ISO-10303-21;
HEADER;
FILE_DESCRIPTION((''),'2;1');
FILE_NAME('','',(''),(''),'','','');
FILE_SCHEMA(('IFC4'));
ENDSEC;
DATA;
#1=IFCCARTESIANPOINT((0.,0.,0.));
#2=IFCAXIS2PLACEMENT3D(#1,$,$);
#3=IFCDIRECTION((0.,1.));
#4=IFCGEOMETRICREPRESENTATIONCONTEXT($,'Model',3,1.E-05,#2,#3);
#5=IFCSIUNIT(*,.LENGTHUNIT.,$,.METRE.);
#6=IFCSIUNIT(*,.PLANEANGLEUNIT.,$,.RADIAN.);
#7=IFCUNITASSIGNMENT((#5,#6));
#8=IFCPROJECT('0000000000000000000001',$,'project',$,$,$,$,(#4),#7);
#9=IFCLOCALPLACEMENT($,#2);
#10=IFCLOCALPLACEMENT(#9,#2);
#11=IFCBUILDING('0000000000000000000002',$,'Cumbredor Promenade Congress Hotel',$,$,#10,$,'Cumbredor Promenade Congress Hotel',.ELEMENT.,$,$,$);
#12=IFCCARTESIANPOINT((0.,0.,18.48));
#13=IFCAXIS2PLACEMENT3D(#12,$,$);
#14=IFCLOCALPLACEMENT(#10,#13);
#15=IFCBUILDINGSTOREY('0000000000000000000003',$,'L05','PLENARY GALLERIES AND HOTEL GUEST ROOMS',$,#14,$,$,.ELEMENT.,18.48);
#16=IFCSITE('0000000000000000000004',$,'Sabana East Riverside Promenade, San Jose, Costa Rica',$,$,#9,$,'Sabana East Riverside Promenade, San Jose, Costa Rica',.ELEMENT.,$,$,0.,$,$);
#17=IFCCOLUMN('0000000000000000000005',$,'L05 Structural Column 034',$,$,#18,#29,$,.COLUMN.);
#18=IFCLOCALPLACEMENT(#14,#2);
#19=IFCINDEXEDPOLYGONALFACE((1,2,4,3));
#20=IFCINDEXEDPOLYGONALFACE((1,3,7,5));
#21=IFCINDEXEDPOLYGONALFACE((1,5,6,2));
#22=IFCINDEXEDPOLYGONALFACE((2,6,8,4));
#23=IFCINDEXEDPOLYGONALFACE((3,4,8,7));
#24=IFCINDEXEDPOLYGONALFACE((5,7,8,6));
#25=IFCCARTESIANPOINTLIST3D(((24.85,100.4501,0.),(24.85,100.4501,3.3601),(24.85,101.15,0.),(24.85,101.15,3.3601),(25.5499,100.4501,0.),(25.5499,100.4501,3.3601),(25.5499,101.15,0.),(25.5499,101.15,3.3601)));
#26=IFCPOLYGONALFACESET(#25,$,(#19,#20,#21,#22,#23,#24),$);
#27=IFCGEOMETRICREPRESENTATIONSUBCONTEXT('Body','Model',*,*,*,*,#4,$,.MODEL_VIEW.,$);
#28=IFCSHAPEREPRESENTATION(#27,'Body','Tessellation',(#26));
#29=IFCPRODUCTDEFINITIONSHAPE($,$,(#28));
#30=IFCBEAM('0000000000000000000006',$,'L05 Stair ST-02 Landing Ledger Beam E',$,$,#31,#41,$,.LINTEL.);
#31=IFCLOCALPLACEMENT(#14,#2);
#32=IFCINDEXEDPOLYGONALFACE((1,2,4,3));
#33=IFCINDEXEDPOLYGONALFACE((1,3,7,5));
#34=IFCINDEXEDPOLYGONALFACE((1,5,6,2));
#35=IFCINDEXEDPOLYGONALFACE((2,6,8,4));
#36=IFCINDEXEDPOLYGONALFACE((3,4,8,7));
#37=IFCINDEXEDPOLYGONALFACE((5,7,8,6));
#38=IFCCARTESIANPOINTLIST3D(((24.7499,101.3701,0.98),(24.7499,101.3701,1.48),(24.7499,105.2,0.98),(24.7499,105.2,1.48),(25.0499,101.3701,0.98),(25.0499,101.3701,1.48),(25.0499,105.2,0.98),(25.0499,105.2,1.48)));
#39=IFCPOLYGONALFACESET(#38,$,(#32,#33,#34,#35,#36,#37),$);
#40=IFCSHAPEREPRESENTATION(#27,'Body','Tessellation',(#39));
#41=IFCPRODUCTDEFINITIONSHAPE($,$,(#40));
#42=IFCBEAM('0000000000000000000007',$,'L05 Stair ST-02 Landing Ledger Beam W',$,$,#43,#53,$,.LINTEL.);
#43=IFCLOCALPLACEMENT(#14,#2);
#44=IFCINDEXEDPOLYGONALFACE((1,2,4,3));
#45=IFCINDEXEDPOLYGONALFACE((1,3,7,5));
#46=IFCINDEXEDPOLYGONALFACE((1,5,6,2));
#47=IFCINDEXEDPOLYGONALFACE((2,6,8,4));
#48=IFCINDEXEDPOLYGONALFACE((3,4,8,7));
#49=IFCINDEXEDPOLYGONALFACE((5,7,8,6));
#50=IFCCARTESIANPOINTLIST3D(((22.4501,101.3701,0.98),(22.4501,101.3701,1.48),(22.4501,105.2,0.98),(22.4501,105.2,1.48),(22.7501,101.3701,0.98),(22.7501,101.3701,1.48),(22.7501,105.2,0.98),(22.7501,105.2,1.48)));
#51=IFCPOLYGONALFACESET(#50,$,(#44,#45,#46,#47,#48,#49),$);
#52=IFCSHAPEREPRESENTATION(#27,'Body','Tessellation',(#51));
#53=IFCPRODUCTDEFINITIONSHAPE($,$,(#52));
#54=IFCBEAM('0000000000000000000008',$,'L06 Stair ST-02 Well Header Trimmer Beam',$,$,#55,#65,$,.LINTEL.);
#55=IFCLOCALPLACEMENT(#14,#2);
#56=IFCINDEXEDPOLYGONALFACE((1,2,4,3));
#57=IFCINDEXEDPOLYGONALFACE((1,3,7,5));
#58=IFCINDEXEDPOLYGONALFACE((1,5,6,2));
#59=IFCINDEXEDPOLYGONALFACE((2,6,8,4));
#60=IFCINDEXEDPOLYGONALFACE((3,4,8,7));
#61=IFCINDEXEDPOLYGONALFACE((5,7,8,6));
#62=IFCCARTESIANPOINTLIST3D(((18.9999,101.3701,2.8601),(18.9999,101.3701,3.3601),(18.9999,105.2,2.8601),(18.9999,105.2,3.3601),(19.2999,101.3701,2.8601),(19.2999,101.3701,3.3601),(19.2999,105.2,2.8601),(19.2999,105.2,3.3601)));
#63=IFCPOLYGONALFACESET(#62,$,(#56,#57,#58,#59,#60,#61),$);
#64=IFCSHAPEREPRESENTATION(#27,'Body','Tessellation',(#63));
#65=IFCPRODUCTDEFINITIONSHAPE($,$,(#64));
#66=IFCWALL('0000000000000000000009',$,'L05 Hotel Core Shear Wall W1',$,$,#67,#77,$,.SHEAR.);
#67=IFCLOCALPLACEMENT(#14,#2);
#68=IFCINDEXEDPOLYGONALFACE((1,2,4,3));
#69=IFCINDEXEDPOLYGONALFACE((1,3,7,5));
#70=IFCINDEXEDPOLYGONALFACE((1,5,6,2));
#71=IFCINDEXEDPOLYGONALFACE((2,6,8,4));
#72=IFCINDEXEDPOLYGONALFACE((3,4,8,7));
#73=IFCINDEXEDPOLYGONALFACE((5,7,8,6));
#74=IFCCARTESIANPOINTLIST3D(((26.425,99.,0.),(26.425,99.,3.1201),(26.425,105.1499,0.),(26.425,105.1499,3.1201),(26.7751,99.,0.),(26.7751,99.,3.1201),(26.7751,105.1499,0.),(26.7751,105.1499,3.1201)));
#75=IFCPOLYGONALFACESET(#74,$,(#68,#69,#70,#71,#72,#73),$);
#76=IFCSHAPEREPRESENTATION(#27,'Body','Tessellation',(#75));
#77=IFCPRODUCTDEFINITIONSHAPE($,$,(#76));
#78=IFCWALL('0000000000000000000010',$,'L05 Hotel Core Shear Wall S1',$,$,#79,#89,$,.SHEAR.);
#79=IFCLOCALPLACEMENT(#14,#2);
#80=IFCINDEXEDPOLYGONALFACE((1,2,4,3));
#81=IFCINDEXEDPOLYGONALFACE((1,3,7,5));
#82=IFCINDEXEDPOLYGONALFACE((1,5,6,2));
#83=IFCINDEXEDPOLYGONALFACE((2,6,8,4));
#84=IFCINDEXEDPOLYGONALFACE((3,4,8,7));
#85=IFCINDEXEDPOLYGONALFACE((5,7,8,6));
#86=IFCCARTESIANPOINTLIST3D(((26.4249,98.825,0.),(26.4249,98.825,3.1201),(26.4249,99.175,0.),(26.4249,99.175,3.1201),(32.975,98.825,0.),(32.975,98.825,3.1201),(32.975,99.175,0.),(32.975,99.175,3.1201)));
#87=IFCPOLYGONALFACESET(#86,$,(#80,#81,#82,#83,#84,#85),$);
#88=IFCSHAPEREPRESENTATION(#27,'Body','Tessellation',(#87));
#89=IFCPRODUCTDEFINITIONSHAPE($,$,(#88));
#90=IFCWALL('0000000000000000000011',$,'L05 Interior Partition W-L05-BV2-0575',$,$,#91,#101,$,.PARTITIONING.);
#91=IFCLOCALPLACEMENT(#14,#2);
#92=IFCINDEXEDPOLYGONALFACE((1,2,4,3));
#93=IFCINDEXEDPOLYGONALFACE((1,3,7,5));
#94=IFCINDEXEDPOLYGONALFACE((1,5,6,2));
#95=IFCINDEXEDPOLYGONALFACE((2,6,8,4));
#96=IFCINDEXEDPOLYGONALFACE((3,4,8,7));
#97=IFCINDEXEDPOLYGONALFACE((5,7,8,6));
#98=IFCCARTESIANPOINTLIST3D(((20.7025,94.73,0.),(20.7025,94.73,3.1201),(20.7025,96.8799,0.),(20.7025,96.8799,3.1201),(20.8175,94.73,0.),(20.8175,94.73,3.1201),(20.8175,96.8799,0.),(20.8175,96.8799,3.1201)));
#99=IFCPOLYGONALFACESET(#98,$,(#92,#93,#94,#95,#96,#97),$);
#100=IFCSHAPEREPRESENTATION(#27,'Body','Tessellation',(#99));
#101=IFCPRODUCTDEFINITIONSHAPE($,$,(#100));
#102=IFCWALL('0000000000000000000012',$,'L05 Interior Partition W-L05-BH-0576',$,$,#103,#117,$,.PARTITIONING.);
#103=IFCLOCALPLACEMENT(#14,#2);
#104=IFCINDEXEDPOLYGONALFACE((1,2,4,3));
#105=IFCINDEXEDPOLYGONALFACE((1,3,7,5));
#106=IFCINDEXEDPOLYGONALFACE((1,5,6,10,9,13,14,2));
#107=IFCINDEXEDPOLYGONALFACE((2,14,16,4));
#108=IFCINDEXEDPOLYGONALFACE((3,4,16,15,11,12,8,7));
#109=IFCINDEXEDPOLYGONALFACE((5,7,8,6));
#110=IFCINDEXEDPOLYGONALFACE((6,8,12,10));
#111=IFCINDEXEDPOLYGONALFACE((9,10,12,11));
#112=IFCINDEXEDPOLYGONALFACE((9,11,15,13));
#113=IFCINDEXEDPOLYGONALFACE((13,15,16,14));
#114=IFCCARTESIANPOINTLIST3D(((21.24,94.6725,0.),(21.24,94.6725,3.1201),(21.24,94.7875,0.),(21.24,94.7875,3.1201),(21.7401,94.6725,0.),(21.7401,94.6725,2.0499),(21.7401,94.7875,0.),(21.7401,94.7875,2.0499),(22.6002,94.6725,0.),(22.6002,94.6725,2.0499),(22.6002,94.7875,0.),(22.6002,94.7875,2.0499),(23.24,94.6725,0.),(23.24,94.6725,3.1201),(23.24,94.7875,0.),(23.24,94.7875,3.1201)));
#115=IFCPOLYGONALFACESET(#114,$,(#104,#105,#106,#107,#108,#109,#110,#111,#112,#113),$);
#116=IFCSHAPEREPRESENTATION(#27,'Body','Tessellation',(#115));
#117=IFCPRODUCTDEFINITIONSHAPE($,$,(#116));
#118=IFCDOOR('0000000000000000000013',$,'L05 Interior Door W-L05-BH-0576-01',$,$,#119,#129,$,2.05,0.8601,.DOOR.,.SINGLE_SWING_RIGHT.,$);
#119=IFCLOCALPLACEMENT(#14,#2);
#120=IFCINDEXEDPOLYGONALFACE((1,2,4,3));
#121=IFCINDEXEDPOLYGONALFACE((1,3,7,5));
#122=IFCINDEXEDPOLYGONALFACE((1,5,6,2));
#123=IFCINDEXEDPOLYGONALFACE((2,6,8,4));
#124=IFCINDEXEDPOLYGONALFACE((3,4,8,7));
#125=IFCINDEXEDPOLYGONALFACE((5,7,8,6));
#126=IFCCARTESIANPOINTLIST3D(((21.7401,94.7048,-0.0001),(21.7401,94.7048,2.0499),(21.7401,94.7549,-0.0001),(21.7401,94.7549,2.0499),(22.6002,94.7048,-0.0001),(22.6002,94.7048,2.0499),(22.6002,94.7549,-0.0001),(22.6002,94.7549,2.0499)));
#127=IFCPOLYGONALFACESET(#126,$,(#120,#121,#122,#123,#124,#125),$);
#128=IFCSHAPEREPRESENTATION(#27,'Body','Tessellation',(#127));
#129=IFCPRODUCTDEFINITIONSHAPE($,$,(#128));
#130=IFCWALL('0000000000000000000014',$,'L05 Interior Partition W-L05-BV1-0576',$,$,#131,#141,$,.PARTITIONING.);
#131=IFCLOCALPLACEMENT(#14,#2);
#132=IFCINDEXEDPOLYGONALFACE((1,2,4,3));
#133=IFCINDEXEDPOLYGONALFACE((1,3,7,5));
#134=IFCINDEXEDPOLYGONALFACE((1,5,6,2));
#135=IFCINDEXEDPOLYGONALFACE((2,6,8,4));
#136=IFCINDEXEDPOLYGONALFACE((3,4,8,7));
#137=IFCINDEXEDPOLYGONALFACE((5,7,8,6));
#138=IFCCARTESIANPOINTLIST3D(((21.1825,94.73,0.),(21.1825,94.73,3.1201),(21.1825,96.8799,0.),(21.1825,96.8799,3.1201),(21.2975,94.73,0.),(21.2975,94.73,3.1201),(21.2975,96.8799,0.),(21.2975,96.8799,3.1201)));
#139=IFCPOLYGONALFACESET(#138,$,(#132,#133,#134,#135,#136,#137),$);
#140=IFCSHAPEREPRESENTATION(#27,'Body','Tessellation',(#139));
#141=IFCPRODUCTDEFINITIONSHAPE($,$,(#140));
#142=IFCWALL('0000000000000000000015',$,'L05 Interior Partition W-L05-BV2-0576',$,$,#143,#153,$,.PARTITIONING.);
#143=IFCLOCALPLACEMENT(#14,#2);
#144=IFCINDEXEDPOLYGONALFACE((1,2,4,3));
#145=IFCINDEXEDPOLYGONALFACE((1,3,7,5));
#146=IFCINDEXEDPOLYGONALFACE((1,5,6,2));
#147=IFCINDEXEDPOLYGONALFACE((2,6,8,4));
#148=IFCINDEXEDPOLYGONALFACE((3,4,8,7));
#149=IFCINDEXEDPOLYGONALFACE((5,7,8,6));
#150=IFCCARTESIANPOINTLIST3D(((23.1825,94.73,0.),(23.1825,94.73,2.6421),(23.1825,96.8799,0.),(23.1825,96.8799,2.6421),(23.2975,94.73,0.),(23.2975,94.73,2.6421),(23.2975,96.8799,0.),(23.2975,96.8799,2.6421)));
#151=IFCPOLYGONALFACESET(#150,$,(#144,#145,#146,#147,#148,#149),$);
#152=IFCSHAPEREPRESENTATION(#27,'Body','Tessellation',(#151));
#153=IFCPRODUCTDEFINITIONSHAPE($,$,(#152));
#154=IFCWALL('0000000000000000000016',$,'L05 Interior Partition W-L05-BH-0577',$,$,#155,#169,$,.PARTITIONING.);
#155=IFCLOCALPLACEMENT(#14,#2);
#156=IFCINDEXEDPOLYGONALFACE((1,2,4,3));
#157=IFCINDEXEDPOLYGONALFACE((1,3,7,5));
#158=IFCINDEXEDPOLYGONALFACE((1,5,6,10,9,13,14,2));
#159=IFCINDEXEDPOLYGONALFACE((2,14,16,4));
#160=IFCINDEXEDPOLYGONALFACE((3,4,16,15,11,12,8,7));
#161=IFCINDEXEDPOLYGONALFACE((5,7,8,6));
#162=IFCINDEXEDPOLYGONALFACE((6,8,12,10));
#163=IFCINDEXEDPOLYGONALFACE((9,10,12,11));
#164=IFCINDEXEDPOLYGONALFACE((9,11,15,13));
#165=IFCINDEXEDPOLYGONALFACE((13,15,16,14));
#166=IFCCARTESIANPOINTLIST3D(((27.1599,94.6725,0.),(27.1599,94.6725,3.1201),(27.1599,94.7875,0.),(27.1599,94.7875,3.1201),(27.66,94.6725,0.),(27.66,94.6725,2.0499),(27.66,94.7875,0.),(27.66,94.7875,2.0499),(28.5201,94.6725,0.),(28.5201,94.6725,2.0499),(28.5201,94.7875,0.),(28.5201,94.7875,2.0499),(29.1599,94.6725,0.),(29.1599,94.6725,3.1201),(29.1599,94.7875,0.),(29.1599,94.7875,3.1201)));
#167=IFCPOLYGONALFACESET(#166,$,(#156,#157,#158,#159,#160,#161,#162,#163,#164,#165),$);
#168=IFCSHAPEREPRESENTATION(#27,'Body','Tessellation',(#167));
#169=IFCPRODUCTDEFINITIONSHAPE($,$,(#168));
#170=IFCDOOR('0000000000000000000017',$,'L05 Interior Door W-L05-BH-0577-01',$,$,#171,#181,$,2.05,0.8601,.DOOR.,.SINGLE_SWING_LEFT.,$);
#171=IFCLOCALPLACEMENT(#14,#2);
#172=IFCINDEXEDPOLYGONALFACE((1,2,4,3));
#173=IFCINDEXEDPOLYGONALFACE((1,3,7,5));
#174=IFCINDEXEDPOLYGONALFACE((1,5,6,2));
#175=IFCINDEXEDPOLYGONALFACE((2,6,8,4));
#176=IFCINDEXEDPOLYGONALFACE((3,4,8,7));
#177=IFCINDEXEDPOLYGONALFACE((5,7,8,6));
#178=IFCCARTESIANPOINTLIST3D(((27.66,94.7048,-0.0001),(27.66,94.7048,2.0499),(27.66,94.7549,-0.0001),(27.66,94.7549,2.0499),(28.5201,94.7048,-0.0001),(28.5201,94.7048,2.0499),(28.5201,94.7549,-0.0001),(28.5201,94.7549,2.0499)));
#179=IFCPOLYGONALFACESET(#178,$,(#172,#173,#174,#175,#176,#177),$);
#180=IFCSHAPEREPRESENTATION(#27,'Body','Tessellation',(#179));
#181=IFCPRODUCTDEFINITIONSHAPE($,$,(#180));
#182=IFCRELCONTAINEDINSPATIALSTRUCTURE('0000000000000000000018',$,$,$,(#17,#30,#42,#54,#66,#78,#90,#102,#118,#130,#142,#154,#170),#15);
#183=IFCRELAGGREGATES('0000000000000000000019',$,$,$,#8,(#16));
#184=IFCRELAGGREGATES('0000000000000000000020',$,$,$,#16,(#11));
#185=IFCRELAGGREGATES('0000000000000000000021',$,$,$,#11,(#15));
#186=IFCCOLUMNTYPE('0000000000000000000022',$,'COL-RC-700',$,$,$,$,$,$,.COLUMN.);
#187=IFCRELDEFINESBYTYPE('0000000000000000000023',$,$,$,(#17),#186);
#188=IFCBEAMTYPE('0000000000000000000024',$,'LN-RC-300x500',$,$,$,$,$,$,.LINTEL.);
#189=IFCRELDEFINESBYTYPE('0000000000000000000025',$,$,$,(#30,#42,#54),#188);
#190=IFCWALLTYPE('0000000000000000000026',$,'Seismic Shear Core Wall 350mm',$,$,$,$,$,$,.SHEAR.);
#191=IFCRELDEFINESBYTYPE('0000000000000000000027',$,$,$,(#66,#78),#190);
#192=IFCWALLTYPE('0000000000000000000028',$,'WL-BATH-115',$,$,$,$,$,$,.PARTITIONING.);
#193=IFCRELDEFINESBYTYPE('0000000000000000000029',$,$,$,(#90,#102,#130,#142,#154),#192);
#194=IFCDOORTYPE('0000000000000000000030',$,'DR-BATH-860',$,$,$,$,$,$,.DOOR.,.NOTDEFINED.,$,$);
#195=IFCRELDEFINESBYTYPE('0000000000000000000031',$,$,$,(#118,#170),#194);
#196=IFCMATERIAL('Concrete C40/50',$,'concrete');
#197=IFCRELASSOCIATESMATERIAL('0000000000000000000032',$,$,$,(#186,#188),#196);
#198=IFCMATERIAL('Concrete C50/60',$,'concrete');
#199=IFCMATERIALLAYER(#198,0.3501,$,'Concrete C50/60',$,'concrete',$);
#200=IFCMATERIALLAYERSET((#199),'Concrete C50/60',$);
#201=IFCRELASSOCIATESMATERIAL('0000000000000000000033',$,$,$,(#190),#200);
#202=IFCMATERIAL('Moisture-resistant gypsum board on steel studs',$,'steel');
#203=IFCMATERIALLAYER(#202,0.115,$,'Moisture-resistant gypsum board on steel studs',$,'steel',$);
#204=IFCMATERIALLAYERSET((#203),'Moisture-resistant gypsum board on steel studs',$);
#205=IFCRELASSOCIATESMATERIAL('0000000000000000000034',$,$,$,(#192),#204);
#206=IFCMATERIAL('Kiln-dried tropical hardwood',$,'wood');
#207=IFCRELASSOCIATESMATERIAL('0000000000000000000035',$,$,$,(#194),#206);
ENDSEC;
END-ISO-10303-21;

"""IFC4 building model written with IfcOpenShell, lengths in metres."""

from ifc_helpers import new_model, si_unit, direction, frame, frame_2d, origin, origin_2d, place, context, subcontext, project, spatial, rectangle, extrude, material, layer, layer_set, material_profile, profile_set, type_object, element, fill, save


model = new_model("IFC4")

# Units and contexts
model_context = context("Model", 3, precision=1e-05, world=origin(), true_north=direction((0.0, 1.0)))
body_context = subcontext(model_context, "Body", "Model", "MODEL_VIEW")
ifc_project = project(units=[si_unit("LENGTHUNIT", "METRE"), si_unit("PLANEANGLEUNIT", "RADIAN")], contexts=[model_context])

# Site, building, storey
site_placement = place(None, origin())
site = spatial("IfcSite", under=ifc_project, at=site_placement, Name="Sabana East Riverside Promenade, San Jose, Costa Rica", LongName="Sabana East Riverside Promenade, San Jose, Costa Rica", CompositionType="ELEMENT", RefElevation=0.0)
building_placement = place(site_placement, origin())
building = spatial("IfcBuilding", under=site, at=building_placement, Name="Cumbredor Promenade Congress Hotel", LongName="Cumbredor Promenade Congress Hotel", CompositionType="ELEMENT")
storey_placement = place(building_placement, frame((0.0, 0.0, 18.48)))
storey = spatial("IfcBuildingStorey", under=building, at=storey_placement, Name="L05", Description="PLENARY GALLERIES AND HOTEL GUEST ROOMS", CompositionType="ELEMENT", Elevation=18.48)

# Column
ifc_material_1 = material(Name="Concrete C40/50", Category="concrete")
ifc_material_profile_1 = material_profile(ifc_material_1, rectangle(XDim=0.7, YDim=0.7, at=origin_2d()), Name="RC 700x700")
ifc_profile_set_1 = profile_set([ifc_material_profile_1], Name="Concrete C40/50")
column_type = type_object("IfcColumnType", Name="COL-RC-700", PredefinedType="COLUMN", material=ifc_profile_set_1)
column_placement = place(storey_placement, frame((25.2, 100.8, 0.0), z_axis=(0.0, 0.0, 1.0), x_axis=(1.0, 0.0, 0.0)))
element("IfcColumn", 1, at=column_placement, inside=storey, type_object=column_type, Name="L05 Structural Column 034", PredefinedType="COLUMN", context=body_context, shape_type="SweptSolid", body=[
    extrude(rectangle(XDim=0.7, YDim=0.7, at=origin_2d()), origin(), (0.0, 0.0, 1.0), 3.3601),
])

# Beams
ifc_material_profile_2 = material_profile(ifc_material_1, rectangle(XDim=0.3, YDim=0.5, at=origin_2d()), Name="RC LINTEL 300x500")
ifc_profile_set_2 = profile_set([ifc_material_profile_2], Name="Concrete C40/50")
beam_type = type_object("IfcBeamType", Name="LN-RC-300x500", PredefinedType="LINTEL", material=ifc_profile_set_2)
for number, where, z_axis, x_axis, name in (
    (2, (24.8999, 101.3701, 1.23), (0.0, 1.0, 0.0), (-1.0, 0.0, 0.0), "L05 Stair ST-02 Landing Ledger Beam E"),
    (3, (22.6001, 101.3701, 1.23), (0.0, 1.0, 0.0), (-1.0, 0.0, 0.0), "L05 Stair ST-02 Landing Ledger Beam W"),
    (4, (19.1499, 101.3701, 3.1101), (0.0, 1.0, 0.0), (-1.0, 0.0, 0.0), "L06 Stair ST-02 Well Header Trimmer Beam"),
):
    element("IfcBeam", number, at=place(storey_placement, frame(where, z_axis=z_axis, x_axis=x_axis)), inside=storey, type_object=beam_type, Name=name, PredefinedType="LINTEL", context=body_context, shape_type="SweptSolid", body=[
        extrude(rectangle(XDim=0.3, YDim=0.5, at=origin_2d()), origin(), (0.0, 0.0, 1.0), 3.8298),
    ])

# Walls
ifc_material_2 = material(Name="Concrete C50/60", Category="concrete")
ifc_layer_1 = layer(ifc_material_2, 0.3501, Name="Concrete C50/60", Category="concrete")
ifc_layer_set_1 = layer_set([ifc_layer_1], Name="Concrete C50/60")
wall_type_1 = type_object("IfcWallType", Name="Seismic Shear Core Wall 350mm", PredefinedType="SHEAR", material=ifc_layer_set_1)
wall_1_placement = place(storey_placement, frame((26.6001, 99.0, 0.0), z_axis=(0.0, 0.0, 1.0), x_axis=(0.0, 1.0, 0.0)))
element("IfcWall", 5, at=wall_1_placement, inside=storey, type_object=wall_type_1, Name="L05 Hotel Core Shear Wall W1", PredefinedType="SHEAR", context=body_context, shape_type="SweptSolid", body=[
    extrude(rectangle(XDim=6.1499, YDim=0.3501, at=frame_2d((3.075, 0.0))), origin(), (0.0, 0.0, 1.0), 3.1201),
])
wall_2_placement = place(storey_placement, frame((26.425, 99.0, 0.0), z_axis=(0.0, 0.0, 1.0), x_axis=(1.0, 0.0, 0.0)))
element("IfcWall", 6, at=wall_2_placement, inside=storey, type_object=wall_type_1, Name="L05 Hotel Core Shear Wall S1", PredefinedType="SHEAR", context=body_context, shape_type="SweptSolid", body=[
    extrude(rectangle(XDim=6.55, YDim=0.3501, at=frame_2d((3.2749, 0.0))), origin(), (0.0, 0.0, 1.0), 3.1201),
])
ifc_material_3 = material(Name="Moisture-resistant gypsum board on steel studs", Category="steel")
ifc_layer_2 = layer(ifc_material_3, 0.115, Name="Moisture-resistant gypsum board on steel studs", Category="steel")
ifc_layer_set_2 = layer_set([ifc_layer_2], Name="Moisture-resistant gypsum board on steel studs")
wall_type_2 = type_object("IfcWallType", Name="WL-BATH-115", PredefinedType="PARTITIONING", material=ifc_layer_set_2)
wall_3_placement = place(storey_placement, frame((20.76, 94.73, 0.0), z_axis=(0.0, 0.0, 1.0), x_axis=(0.0, 1.0, 0.0)))
element("IfcWall", 7, at=wall_3_placement, inside=storey, type_object=wall_type_2, Name="L05 Interior Partition W-L05-BV2-0575", PredefinedType="PARTITIONING", context=body_context, shape_type="SweptSolid", body=[
    extrude(rectangle(XDim=2.1499, YDim=0.115, at=frame_2d((1.075, 0.0))), origin(), (0.0, 0.0, 1.0), 3.1201),
])

# Wall, opening, door
wall_4_placement = place(storey_placement, frame((21.24, 94.73, 0.0), z_axis=(0.0, 0.0, 1.0), x_axis=(1.0, 0.0, 0.0)))
wall_4 = element("IfcWall", 8, at=wall_4_placement, inside=storey, type_object=wall_type_2, Name="L05 Interior Partition W-L05-BH-0576", PredefinedType="PARTITIONING", context=body_context, shape_type="SweptSolid", body=[
    extrude(rectangle(XDim=2.0, YDim=0.115, at=frame_2d((1.0, 0.0))), origin(), (0.0, 0.0, 1.0), 3.1201),
])
opening_1_placement = place(wall_4_placement, frame((0.5, 0.0, 0.0)))
opening_1 = element("IfcOpeningElement", 9, at=opening_1_placement, cuts=wall_4, PredefinedType="OPENING", context=body_context, shape_type="SweptSolid", body=[
    extrude(rectangle(XDim=0.8601, YDim=2.05, at=frame_2d((0.4302, 1.0249))), frame((0.0, 0.0674, 0.0), z_axis=(0.0, -1.0, 0.0), x_axis=(1.0, 0.0, 0.0)), (0.0, 0.0, 1.0), 0.135),
])
ifc_material_4 = material(Name="Kiln-dried tropical hardwood", Category="wood")
door_type_1 = type_object("IfcDoorType", Name="DR-BATH-860", OperationType="NOTDEFINED", PredefinedType="DOOR", material=ifc_material_4)
door_1_placement = place(opening_1_placement, origin())
door_1 = element("IfcDoor", 10, at=door_1_placement, inside=storey, type_object=door_type_1, Name="L05 Interior Door W-L05-BH-0576-01", OperationType="SINGLE_SWING_RIGHT", OverallHeight=2.05, OverallWidth=0.8601, PredefinedType="DOOR", context=body_context, shape_type="SweptSolid", body=[
    extrude(rectangle(XDim=0.8601, YDim=2.05, at=frame_2d((0.4302, 1.0249))), frame((0.0, 0.0249, 0.0), z_axis=(0.0, -1.0, 0.0), x_axis=(1.0, 0.0, 0.0)), (0.0, 0.0, 1.0), 0.05),
])
fill(opening_1, door_1)

# Walls
wall_5_placement = place(storey_placement, frame((21.24, 94.73, 0.0), z_axis=(0.0, 0.0, 1.0), x_axis=(0.0, 1.0, 0.0)))
element("IfcWall", 11, at=wall_5_placement, inside=storey, type_object=wall_type_2, Name="L05 Interior Partition W-L05-BV1-0576", PredefinedType="PARTITIONING", context=body_context, shape_type="SweptSolid", body=[
    extrude(rectangle(XDim=2.1499, YDim=0.115, at=frame_2d((1.075, 0.0))), origin(), (0.0, 0.0, 1.0), 3.1201),
])
wall_6_placement = place(storey_placement, frame((23.24, 94.73, 0.0), z_axis=(0.0, 0.0, 1.0), x_axis=(0.0, 1.0, 0.0)))
element("IfcWall", 12, at=wall_6_placement, inside=storey, type_object=wall_type_2, Name="L05 Interior Partition W-L05-BV2-0576", PredefinedType="PARTITIONING", context=body_context, shape_type="SweptSolid", body=[
    extrude(rectangle(XDim=2.1499, YDim=0.115, at=frame_2d((1.075, 0.0))), origin(), (0.0, 0.0, 1.0), 2.6421),
])

# Wall, opening, door
wall_7_placement = place(storey_placement, frame((27.1599, 94.73, 0.0), z_axis=(0.0, 0.0, 1.0), x_axis=(1.0, 0.0, 0.0)))
wall_7 = element("IfcWall", 13, at=wall_7_placement, inside=storey, type_object=wall_type_2, Name="L05 Interior Partition W-L05-BH-0577", PredefinedType="PARTITIONING", context=body_context, shape_type="SweptSolid", body=[
    extrude(rectangle(XDim=2.0, YDim=0.115, at=frame_2d((1.0, 0.0))), origin(), (0.0, 0.0, 1.0), 3.1201),
])
opening_2_placement = place(wall_7_placement, frame((0.5, 0.0, 0.0)))
opening_2 = element("IfcOpeningElement", 14, at=opening_2_placement, cuts=wall_7, PredefinedType="OPENING", context=body_context, shape_type="SweptSolid", body=[
    extrude(rectangle(XDim=0.8601, YDim=2.05, at=frame_2d((0.4302, 1.0249))), frame((0.0, 0.0674, 0.0), z_axis=(0.0, -1.0, 0.0), x_axis=(1.0, 0.0, 0.0)), (0.0, 0.0, 1.0), 0.135),
])
door_2_placement = place(opening_2_placement, origin())
door_2 = element("IfcDoor", 15, at=door_2_placement, inside=storey, type_object=door_type_1, Name="L05 Interior Door W-L05-BH-0577-01", OperationType="SINGLE_SWING_LEFT", OverallHeight=2.05, OverallWidth=0.8601, PredefinedType="DOOR", context=body_context, shape_type="SweptSolid", body=[
    extrude(rectangle(XDim=0.8601, YDim=2.05, at=frame_2d((0.4302, 1.0249))), frame((0.0, 0.0249, 0.0), z_axis=(0.0, -1.0, 0.0), x_axis=(1.0, 0.0, 0.0)), (0.0, 0.0, 1.0), 0.05),
])
fill(opening_2, door_2)

save(model, "model.ifc")
